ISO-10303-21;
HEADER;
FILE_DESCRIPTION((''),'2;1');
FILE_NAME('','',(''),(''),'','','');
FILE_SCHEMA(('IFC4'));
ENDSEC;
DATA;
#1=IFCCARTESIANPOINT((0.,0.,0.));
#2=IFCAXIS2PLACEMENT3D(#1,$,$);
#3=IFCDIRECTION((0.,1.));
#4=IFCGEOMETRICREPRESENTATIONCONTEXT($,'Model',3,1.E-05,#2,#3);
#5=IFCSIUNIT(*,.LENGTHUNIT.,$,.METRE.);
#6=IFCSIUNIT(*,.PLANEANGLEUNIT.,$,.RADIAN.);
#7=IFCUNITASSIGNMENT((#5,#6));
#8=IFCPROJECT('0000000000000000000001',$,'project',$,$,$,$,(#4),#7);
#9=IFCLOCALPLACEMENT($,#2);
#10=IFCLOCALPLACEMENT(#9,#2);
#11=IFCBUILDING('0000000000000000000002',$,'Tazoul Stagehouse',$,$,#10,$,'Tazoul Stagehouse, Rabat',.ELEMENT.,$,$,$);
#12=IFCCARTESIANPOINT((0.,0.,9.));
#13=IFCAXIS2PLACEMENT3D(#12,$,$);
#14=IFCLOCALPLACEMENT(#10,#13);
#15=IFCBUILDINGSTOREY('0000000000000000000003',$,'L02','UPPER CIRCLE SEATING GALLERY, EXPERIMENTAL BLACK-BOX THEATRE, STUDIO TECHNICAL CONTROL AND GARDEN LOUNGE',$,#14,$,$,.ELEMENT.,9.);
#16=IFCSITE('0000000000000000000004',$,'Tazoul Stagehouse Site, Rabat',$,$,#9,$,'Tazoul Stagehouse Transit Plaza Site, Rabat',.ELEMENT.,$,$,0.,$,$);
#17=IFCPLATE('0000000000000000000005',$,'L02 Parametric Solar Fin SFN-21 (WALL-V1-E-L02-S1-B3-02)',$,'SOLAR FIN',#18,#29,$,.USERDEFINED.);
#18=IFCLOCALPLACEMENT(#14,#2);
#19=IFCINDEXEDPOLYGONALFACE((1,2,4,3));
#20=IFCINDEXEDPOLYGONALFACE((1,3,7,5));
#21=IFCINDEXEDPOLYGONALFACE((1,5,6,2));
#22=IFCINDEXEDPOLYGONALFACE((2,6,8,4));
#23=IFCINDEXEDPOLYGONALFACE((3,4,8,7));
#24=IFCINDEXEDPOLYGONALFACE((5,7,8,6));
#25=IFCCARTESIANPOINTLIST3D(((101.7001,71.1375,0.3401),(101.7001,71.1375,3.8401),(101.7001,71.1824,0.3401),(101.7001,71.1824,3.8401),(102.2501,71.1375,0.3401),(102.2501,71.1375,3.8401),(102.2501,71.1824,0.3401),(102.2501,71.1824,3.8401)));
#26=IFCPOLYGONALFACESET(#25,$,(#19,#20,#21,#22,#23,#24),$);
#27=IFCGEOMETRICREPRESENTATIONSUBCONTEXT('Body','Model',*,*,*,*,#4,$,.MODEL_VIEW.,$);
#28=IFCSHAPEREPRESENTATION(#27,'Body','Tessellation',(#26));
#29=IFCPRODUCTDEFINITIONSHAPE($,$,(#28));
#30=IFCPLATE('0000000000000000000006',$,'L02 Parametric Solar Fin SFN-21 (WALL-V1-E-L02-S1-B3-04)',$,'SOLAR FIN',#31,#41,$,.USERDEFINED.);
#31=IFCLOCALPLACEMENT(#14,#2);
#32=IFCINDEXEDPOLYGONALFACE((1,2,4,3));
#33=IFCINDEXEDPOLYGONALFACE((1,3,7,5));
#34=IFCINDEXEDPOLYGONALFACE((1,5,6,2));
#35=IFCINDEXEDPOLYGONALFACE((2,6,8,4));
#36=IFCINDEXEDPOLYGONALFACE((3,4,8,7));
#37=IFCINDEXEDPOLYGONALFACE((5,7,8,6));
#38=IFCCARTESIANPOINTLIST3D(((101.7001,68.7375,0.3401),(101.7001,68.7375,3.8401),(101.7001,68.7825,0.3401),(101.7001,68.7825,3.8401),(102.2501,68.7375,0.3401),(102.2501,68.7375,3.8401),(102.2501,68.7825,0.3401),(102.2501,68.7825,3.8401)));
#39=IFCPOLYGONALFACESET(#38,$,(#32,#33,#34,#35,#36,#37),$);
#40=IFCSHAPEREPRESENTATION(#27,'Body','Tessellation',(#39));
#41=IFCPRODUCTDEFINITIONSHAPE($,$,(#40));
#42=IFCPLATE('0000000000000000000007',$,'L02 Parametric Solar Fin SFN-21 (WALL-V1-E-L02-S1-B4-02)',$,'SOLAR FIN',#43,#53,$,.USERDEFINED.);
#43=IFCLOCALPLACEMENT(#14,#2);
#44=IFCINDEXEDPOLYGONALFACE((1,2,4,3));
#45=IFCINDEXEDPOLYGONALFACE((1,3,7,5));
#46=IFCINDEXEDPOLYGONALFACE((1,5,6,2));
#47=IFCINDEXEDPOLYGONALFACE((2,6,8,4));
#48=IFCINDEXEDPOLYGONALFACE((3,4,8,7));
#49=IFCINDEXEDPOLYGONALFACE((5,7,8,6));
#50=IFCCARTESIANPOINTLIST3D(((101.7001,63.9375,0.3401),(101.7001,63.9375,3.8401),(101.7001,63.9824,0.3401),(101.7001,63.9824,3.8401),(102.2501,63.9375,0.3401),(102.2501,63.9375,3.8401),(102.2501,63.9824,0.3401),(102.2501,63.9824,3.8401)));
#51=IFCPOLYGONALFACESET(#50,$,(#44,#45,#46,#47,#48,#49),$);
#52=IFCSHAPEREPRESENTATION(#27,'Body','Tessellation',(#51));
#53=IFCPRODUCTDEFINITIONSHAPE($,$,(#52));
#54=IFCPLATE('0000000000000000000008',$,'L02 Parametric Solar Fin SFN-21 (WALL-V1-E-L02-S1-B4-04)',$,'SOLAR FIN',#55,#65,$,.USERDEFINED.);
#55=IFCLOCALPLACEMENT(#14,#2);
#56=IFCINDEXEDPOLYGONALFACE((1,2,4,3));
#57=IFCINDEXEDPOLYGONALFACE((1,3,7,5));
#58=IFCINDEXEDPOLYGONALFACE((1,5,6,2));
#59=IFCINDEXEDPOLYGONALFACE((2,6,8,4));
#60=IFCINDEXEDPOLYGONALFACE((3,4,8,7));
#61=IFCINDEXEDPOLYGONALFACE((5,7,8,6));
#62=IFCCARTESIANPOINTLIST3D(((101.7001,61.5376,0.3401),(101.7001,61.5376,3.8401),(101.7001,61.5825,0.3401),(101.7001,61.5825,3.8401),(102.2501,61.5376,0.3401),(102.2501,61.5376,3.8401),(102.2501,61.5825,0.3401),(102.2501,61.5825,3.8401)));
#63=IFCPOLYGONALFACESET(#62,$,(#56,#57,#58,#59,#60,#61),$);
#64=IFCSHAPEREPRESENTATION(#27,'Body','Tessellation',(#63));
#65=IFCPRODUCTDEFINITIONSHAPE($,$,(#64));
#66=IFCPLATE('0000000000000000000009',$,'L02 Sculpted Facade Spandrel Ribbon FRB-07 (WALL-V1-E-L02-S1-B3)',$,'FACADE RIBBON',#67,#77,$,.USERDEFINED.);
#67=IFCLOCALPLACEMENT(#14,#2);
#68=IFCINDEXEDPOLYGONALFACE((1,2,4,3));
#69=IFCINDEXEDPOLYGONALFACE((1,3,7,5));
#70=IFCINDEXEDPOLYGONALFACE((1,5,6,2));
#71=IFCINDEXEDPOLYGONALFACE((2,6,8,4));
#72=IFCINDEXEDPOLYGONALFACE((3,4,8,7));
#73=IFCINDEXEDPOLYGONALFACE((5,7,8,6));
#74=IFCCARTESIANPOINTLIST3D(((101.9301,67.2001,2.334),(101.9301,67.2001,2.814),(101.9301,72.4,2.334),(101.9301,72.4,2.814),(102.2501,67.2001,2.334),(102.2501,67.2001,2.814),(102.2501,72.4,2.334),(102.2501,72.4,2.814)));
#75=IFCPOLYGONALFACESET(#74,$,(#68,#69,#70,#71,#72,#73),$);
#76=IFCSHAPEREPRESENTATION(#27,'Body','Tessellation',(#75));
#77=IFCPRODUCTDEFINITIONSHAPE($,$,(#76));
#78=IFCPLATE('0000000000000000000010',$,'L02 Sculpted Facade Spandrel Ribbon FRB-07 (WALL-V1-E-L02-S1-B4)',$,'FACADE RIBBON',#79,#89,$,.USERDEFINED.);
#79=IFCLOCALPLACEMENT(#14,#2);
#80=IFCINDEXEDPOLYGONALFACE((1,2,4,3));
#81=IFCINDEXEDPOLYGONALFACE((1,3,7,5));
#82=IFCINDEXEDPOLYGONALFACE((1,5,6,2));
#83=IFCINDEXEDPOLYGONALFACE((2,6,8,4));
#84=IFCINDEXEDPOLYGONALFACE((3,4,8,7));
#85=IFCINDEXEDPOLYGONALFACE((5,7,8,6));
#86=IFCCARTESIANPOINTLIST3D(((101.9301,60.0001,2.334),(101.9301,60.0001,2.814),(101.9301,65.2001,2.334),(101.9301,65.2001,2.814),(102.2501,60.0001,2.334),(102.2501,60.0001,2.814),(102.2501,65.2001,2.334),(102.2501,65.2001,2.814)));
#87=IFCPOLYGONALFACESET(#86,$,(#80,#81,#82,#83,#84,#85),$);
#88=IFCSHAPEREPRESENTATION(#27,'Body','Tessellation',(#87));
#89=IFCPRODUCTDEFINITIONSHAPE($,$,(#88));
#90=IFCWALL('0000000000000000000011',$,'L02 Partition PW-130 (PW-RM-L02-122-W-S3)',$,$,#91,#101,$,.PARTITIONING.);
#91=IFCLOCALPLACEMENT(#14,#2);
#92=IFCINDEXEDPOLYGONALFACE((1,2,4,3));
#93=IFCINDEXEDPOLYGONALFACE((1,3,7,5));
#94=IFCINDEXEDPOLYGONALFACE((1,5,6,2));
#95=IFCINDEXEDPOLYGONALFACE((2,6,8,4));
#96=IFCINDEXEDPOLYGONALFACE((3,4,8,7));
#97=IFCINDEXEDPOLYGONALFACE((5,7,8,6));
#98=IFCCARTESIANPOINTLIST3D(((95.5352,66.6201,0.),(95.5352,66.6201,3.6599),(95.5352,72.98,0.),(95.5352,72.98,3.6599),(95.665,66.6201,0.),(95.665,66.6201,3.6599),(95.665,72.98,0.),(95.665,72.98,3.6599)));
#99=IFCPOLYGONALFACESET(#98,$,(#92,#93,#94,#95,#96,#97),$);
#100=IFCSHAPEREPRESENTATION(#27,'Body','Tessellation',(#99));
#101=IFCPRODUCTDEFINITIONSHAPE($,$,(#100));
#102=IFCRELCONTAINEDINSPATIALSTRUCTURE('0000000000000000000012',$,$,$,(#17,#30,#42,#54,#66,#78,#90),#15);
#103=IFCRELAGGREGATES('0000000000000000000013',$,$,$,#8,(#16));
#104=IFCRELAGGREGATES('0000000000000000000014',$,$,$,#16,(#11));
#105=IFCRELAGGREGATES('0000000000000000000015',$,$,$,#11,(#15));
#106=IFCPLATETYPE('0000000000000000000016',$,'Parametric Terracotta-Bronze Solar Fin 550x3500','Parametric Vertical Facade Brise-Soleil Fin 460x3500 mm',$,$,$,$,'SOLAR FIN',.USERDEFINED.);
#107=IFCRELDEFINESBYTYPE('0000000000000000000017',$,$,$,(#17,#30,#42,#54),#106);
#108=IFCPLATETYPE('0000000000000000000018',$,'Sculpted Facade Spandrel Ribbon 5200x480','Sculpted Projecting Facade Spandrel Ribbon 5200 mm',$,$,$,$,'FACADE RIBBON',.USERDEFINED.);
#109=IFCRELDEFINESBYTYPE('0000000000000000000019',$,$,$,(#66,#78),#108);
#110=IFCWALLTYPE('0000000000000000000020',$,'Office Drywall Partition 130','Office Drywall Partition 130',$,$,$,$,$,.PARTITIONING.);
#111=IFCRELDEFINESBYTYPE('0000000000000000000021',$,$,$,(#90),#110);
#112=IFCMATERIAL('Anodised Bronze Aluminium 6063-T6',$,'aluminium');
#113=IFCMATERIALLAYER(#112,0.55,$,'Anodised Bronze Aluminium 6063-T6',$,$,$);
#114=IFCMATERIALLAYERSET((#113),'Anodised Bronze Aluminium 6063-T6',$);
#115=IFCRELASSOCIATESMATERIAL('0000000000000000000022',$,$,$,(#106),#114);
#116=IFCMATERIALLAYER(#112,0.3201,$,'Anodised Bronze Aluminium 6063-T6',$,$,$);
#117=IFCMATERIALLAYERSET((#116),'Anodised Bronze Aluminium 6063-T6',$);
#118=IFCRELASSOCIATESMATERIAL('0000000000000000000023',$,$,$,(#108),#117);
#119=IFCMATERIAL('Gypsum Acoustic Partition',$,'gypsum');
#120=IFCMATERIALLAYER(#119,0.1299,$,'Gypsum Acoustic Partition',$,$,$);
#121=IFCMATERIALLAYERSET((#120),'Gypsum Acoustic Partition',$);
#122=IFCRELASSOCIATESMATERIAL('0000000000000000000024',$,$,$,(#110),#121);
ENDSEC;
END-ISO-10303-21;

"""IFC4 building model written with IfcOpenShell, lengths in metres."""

from ifc_helpers import new_model, si_unit, direction, frame, frame_2d, origin, origin_2d, place, context, subcontext, project, spatial, rectangle, extrude, material, layer, layer_set, type_object, element, save


model = new_model("IFC4")

# Units and contexts
model_context = context("Model", 3, precision=1e-05, world=origin(), true_north=direction((0.0, 1.0)))
body_context = subcontext(model_context, "Body", "Model", "MODEL_VIEW")
ifc_project = project(units=[si_unit("LENGTHUNIT", "METRE"), si_unit("PLANEANGLEUNIT", "RADIAN")], contexts=[model_context])

# Site, building, storey
site_placement = place(None, origin())
site = spatial("IfcSite", under=ifc_project, at=site_placement, Name="Tazoul Stagehouse Site, Rabat", LongName="Tazoul Stagehouse Transit Plaza Site, Rabat", CompositionType="ELEMENT", RefElevation=0.0)
building_placement = place(site_placement, origin())
building = spatial("IfcBuilding", under=site, at=building_placement, Name="Tazoul Stagehouse", LongName="Tazoul Stagehouse, Rabat", CompositionType="ELEMENT")
storey_placement = place(building_placement, frame((0.0, 0.0, 9.0)))
storey = spatial("IfcBuildingStorey", under=building, at=storey_placement, Name="L02", Description="UPPER CIRCLE SEATING GALLERY, EXPERIMENTAL BLACK-BOX THEATRE, STUDIO TECHNICAL CONTROL AND GARDEN LOUNGE", CompositionType="ELEMENT", Elevation=9.0)

# Plates
ifc_material_1 = material(Name="Anodised Bronze Aluminium 6063-T6", Category="aluminium")
ifc_layer_1 = layer(ifc_material_1, 0.55, Name="Anodised Bronze Aluminium 6063-T6")
ifc_layer_set_1 = layer_set([ifc_layer_1], Name="Anodised Bronze Aluminium 6063-T6")
plate_type_1 = type_object("IfcPlateType", Name="Parametric Terracotta-Bronze Solar Fin 550x3500", Description="Parametric Vertical Facade Brise-Soleil Fin 460x3500 mm", ElementType="SOLAR FIN", PredefinedType="USERDEFINED", material=ifc_layer_set_1)
for number, where, z_axis, x_axis, name in (
    (1, (101.9751, 71.1599, 0.3401), (0.0, 0.0, 1.0), (0.0, -1.0, 0.0), "L02 Parametric Solar Fin SFN-21 (WALL-V1-E-L02-S1-B3-02)"),
    (2, (101.9751, 68.76, 0.3401), (0.0, 0.0, 1.0), (0.0, -1.0, 0.0), "L02 Parametric Solar Fin SFN-21 (WALL-V1-E-L02-S1-B3-04)"),
    (3, (101.9751, 63.96, 0.3401), (0.0, 0.0, 1.0), (0.0, -1.0, 0.0), "L02 Parametric Solar Fin SFN-21 (WALL-V1-E-L02-S1-B4-02)"),
    (4, (101.9751, 61.5601, 0.3401), (0.0, 0.0, 1.0), (0.0, -1.0, 0.0), "L02 Parametric Solar Fin SFN-21 (WALL-V1-E-L02-S1-B4-04)"),
):
    element("IfcPlate", number, at=place(storey_placement, frame(where, z_axis=z_axis, x_axis=x_axis)), inside=storey, type_object=plate_type_1, Name=name, ObjectType="SOLAR FIN", PredefinedType="USERDEFINED", context=body_context, shape_type="SweptSolid", body=[
        extrude(rectangle(XDim=0.0449, YDim=0.55, at=origin_2d()), origin(), (0.0, 0.0, 1.0), 3.5),
    ])
ifc_layer_2 = layer(ifc_material_1, 0.3201, Name="Anodised Bronze Aluminium 6063-T6")
ifc_layer_set_2 = layer_set([ifc_layer_2], Name="Anodised Bronze Aluminium 6063-T6")
plate_type_2 = type_object("IfcPlateType", Name="Sculpted Facade Spandrel Ribbon 5200x480", Description="Sculpted Projecting Facade Spandrel Ribbon 5200 mm", ElementType="FACADE RIBBON", PredefinedType="USERDEFINED", material=ifc_layer_set_2)
for number, where, z_axis, x_axis, name in (
    (5, (102.0901, 69.8, 2.334), (0.0, 0.0, 1.0), (0.0, -1.0, 0.0), "L02 Sculpted Facade Spandrel Ribbon FRB-07 (WALL-V1-E-L02-S1-B3)"),
    (6, (102.0901, 62.6001, 2.334), (0.0, 0.0, 1.0), (0.0, -1.0, 0.0), "L02 Sculpted Facade Spandrel Ribbon FRB-07 (WALL-V1-E-L02-S1-B4)"),
):
    element("IfcPlate", number, at=place(storey_placement, frame(where, z_axis=z_axis, x_axis=x_axis)), inside=storey, type_object=plate_type_2, Name=name, ObjectType="FACADE RIBBON", PredefinedType="USERDEFINED", context=body_context, shape_type="SweptSolid", body=[
        extrude(rectangle(XDim=5.2, YDim=0.3201, at=origin_2d()), origin(), (0.0, 0.0, 1.0), 0.48),
    ])

# Wall
ifc_material_2 = material(Name="Gypsum Acoustic Partition", Category="gypsum")
ifc_layer_3 = layer(ifc_material_2, 0.1299, Name="Gypsum Acoustic Partition")
ifc_layer_set_3 = layer_set([ifc_layer_3], Name="Gypsum Acoustic Partition")
wall_type = type_object("IfcWallType", Name="Office Drywall Partition 130", Description="Office Drywall Partition 130", PredefinedType="PARTITIONING", material=ifc_layer_set_3)
wall_placement = place(storey_placement, frame((95.6001, 66.6201, 0.0), z_axis=(0.0, 0.0, 1.0), x_axis=(0.0, 1.0, 0.0)))
element("IfcWall", 7, at=wall_placement, inside=storey, type_object=wall_type, Name="L02 Partition PW-130 (PW-RM-L02-122-W-S3)", PredefinedType="PARTITIONING", context=body_context, shape_type="SweptSolid", body=[
    extrude(rectangle(XDim=6.3599, YDim=0.1299, at=frame_2d((3.1799, 0.0))), origin(), (0.0, 0.0, 1.0), 3.6599),
])

save(model, "model.ifc")
